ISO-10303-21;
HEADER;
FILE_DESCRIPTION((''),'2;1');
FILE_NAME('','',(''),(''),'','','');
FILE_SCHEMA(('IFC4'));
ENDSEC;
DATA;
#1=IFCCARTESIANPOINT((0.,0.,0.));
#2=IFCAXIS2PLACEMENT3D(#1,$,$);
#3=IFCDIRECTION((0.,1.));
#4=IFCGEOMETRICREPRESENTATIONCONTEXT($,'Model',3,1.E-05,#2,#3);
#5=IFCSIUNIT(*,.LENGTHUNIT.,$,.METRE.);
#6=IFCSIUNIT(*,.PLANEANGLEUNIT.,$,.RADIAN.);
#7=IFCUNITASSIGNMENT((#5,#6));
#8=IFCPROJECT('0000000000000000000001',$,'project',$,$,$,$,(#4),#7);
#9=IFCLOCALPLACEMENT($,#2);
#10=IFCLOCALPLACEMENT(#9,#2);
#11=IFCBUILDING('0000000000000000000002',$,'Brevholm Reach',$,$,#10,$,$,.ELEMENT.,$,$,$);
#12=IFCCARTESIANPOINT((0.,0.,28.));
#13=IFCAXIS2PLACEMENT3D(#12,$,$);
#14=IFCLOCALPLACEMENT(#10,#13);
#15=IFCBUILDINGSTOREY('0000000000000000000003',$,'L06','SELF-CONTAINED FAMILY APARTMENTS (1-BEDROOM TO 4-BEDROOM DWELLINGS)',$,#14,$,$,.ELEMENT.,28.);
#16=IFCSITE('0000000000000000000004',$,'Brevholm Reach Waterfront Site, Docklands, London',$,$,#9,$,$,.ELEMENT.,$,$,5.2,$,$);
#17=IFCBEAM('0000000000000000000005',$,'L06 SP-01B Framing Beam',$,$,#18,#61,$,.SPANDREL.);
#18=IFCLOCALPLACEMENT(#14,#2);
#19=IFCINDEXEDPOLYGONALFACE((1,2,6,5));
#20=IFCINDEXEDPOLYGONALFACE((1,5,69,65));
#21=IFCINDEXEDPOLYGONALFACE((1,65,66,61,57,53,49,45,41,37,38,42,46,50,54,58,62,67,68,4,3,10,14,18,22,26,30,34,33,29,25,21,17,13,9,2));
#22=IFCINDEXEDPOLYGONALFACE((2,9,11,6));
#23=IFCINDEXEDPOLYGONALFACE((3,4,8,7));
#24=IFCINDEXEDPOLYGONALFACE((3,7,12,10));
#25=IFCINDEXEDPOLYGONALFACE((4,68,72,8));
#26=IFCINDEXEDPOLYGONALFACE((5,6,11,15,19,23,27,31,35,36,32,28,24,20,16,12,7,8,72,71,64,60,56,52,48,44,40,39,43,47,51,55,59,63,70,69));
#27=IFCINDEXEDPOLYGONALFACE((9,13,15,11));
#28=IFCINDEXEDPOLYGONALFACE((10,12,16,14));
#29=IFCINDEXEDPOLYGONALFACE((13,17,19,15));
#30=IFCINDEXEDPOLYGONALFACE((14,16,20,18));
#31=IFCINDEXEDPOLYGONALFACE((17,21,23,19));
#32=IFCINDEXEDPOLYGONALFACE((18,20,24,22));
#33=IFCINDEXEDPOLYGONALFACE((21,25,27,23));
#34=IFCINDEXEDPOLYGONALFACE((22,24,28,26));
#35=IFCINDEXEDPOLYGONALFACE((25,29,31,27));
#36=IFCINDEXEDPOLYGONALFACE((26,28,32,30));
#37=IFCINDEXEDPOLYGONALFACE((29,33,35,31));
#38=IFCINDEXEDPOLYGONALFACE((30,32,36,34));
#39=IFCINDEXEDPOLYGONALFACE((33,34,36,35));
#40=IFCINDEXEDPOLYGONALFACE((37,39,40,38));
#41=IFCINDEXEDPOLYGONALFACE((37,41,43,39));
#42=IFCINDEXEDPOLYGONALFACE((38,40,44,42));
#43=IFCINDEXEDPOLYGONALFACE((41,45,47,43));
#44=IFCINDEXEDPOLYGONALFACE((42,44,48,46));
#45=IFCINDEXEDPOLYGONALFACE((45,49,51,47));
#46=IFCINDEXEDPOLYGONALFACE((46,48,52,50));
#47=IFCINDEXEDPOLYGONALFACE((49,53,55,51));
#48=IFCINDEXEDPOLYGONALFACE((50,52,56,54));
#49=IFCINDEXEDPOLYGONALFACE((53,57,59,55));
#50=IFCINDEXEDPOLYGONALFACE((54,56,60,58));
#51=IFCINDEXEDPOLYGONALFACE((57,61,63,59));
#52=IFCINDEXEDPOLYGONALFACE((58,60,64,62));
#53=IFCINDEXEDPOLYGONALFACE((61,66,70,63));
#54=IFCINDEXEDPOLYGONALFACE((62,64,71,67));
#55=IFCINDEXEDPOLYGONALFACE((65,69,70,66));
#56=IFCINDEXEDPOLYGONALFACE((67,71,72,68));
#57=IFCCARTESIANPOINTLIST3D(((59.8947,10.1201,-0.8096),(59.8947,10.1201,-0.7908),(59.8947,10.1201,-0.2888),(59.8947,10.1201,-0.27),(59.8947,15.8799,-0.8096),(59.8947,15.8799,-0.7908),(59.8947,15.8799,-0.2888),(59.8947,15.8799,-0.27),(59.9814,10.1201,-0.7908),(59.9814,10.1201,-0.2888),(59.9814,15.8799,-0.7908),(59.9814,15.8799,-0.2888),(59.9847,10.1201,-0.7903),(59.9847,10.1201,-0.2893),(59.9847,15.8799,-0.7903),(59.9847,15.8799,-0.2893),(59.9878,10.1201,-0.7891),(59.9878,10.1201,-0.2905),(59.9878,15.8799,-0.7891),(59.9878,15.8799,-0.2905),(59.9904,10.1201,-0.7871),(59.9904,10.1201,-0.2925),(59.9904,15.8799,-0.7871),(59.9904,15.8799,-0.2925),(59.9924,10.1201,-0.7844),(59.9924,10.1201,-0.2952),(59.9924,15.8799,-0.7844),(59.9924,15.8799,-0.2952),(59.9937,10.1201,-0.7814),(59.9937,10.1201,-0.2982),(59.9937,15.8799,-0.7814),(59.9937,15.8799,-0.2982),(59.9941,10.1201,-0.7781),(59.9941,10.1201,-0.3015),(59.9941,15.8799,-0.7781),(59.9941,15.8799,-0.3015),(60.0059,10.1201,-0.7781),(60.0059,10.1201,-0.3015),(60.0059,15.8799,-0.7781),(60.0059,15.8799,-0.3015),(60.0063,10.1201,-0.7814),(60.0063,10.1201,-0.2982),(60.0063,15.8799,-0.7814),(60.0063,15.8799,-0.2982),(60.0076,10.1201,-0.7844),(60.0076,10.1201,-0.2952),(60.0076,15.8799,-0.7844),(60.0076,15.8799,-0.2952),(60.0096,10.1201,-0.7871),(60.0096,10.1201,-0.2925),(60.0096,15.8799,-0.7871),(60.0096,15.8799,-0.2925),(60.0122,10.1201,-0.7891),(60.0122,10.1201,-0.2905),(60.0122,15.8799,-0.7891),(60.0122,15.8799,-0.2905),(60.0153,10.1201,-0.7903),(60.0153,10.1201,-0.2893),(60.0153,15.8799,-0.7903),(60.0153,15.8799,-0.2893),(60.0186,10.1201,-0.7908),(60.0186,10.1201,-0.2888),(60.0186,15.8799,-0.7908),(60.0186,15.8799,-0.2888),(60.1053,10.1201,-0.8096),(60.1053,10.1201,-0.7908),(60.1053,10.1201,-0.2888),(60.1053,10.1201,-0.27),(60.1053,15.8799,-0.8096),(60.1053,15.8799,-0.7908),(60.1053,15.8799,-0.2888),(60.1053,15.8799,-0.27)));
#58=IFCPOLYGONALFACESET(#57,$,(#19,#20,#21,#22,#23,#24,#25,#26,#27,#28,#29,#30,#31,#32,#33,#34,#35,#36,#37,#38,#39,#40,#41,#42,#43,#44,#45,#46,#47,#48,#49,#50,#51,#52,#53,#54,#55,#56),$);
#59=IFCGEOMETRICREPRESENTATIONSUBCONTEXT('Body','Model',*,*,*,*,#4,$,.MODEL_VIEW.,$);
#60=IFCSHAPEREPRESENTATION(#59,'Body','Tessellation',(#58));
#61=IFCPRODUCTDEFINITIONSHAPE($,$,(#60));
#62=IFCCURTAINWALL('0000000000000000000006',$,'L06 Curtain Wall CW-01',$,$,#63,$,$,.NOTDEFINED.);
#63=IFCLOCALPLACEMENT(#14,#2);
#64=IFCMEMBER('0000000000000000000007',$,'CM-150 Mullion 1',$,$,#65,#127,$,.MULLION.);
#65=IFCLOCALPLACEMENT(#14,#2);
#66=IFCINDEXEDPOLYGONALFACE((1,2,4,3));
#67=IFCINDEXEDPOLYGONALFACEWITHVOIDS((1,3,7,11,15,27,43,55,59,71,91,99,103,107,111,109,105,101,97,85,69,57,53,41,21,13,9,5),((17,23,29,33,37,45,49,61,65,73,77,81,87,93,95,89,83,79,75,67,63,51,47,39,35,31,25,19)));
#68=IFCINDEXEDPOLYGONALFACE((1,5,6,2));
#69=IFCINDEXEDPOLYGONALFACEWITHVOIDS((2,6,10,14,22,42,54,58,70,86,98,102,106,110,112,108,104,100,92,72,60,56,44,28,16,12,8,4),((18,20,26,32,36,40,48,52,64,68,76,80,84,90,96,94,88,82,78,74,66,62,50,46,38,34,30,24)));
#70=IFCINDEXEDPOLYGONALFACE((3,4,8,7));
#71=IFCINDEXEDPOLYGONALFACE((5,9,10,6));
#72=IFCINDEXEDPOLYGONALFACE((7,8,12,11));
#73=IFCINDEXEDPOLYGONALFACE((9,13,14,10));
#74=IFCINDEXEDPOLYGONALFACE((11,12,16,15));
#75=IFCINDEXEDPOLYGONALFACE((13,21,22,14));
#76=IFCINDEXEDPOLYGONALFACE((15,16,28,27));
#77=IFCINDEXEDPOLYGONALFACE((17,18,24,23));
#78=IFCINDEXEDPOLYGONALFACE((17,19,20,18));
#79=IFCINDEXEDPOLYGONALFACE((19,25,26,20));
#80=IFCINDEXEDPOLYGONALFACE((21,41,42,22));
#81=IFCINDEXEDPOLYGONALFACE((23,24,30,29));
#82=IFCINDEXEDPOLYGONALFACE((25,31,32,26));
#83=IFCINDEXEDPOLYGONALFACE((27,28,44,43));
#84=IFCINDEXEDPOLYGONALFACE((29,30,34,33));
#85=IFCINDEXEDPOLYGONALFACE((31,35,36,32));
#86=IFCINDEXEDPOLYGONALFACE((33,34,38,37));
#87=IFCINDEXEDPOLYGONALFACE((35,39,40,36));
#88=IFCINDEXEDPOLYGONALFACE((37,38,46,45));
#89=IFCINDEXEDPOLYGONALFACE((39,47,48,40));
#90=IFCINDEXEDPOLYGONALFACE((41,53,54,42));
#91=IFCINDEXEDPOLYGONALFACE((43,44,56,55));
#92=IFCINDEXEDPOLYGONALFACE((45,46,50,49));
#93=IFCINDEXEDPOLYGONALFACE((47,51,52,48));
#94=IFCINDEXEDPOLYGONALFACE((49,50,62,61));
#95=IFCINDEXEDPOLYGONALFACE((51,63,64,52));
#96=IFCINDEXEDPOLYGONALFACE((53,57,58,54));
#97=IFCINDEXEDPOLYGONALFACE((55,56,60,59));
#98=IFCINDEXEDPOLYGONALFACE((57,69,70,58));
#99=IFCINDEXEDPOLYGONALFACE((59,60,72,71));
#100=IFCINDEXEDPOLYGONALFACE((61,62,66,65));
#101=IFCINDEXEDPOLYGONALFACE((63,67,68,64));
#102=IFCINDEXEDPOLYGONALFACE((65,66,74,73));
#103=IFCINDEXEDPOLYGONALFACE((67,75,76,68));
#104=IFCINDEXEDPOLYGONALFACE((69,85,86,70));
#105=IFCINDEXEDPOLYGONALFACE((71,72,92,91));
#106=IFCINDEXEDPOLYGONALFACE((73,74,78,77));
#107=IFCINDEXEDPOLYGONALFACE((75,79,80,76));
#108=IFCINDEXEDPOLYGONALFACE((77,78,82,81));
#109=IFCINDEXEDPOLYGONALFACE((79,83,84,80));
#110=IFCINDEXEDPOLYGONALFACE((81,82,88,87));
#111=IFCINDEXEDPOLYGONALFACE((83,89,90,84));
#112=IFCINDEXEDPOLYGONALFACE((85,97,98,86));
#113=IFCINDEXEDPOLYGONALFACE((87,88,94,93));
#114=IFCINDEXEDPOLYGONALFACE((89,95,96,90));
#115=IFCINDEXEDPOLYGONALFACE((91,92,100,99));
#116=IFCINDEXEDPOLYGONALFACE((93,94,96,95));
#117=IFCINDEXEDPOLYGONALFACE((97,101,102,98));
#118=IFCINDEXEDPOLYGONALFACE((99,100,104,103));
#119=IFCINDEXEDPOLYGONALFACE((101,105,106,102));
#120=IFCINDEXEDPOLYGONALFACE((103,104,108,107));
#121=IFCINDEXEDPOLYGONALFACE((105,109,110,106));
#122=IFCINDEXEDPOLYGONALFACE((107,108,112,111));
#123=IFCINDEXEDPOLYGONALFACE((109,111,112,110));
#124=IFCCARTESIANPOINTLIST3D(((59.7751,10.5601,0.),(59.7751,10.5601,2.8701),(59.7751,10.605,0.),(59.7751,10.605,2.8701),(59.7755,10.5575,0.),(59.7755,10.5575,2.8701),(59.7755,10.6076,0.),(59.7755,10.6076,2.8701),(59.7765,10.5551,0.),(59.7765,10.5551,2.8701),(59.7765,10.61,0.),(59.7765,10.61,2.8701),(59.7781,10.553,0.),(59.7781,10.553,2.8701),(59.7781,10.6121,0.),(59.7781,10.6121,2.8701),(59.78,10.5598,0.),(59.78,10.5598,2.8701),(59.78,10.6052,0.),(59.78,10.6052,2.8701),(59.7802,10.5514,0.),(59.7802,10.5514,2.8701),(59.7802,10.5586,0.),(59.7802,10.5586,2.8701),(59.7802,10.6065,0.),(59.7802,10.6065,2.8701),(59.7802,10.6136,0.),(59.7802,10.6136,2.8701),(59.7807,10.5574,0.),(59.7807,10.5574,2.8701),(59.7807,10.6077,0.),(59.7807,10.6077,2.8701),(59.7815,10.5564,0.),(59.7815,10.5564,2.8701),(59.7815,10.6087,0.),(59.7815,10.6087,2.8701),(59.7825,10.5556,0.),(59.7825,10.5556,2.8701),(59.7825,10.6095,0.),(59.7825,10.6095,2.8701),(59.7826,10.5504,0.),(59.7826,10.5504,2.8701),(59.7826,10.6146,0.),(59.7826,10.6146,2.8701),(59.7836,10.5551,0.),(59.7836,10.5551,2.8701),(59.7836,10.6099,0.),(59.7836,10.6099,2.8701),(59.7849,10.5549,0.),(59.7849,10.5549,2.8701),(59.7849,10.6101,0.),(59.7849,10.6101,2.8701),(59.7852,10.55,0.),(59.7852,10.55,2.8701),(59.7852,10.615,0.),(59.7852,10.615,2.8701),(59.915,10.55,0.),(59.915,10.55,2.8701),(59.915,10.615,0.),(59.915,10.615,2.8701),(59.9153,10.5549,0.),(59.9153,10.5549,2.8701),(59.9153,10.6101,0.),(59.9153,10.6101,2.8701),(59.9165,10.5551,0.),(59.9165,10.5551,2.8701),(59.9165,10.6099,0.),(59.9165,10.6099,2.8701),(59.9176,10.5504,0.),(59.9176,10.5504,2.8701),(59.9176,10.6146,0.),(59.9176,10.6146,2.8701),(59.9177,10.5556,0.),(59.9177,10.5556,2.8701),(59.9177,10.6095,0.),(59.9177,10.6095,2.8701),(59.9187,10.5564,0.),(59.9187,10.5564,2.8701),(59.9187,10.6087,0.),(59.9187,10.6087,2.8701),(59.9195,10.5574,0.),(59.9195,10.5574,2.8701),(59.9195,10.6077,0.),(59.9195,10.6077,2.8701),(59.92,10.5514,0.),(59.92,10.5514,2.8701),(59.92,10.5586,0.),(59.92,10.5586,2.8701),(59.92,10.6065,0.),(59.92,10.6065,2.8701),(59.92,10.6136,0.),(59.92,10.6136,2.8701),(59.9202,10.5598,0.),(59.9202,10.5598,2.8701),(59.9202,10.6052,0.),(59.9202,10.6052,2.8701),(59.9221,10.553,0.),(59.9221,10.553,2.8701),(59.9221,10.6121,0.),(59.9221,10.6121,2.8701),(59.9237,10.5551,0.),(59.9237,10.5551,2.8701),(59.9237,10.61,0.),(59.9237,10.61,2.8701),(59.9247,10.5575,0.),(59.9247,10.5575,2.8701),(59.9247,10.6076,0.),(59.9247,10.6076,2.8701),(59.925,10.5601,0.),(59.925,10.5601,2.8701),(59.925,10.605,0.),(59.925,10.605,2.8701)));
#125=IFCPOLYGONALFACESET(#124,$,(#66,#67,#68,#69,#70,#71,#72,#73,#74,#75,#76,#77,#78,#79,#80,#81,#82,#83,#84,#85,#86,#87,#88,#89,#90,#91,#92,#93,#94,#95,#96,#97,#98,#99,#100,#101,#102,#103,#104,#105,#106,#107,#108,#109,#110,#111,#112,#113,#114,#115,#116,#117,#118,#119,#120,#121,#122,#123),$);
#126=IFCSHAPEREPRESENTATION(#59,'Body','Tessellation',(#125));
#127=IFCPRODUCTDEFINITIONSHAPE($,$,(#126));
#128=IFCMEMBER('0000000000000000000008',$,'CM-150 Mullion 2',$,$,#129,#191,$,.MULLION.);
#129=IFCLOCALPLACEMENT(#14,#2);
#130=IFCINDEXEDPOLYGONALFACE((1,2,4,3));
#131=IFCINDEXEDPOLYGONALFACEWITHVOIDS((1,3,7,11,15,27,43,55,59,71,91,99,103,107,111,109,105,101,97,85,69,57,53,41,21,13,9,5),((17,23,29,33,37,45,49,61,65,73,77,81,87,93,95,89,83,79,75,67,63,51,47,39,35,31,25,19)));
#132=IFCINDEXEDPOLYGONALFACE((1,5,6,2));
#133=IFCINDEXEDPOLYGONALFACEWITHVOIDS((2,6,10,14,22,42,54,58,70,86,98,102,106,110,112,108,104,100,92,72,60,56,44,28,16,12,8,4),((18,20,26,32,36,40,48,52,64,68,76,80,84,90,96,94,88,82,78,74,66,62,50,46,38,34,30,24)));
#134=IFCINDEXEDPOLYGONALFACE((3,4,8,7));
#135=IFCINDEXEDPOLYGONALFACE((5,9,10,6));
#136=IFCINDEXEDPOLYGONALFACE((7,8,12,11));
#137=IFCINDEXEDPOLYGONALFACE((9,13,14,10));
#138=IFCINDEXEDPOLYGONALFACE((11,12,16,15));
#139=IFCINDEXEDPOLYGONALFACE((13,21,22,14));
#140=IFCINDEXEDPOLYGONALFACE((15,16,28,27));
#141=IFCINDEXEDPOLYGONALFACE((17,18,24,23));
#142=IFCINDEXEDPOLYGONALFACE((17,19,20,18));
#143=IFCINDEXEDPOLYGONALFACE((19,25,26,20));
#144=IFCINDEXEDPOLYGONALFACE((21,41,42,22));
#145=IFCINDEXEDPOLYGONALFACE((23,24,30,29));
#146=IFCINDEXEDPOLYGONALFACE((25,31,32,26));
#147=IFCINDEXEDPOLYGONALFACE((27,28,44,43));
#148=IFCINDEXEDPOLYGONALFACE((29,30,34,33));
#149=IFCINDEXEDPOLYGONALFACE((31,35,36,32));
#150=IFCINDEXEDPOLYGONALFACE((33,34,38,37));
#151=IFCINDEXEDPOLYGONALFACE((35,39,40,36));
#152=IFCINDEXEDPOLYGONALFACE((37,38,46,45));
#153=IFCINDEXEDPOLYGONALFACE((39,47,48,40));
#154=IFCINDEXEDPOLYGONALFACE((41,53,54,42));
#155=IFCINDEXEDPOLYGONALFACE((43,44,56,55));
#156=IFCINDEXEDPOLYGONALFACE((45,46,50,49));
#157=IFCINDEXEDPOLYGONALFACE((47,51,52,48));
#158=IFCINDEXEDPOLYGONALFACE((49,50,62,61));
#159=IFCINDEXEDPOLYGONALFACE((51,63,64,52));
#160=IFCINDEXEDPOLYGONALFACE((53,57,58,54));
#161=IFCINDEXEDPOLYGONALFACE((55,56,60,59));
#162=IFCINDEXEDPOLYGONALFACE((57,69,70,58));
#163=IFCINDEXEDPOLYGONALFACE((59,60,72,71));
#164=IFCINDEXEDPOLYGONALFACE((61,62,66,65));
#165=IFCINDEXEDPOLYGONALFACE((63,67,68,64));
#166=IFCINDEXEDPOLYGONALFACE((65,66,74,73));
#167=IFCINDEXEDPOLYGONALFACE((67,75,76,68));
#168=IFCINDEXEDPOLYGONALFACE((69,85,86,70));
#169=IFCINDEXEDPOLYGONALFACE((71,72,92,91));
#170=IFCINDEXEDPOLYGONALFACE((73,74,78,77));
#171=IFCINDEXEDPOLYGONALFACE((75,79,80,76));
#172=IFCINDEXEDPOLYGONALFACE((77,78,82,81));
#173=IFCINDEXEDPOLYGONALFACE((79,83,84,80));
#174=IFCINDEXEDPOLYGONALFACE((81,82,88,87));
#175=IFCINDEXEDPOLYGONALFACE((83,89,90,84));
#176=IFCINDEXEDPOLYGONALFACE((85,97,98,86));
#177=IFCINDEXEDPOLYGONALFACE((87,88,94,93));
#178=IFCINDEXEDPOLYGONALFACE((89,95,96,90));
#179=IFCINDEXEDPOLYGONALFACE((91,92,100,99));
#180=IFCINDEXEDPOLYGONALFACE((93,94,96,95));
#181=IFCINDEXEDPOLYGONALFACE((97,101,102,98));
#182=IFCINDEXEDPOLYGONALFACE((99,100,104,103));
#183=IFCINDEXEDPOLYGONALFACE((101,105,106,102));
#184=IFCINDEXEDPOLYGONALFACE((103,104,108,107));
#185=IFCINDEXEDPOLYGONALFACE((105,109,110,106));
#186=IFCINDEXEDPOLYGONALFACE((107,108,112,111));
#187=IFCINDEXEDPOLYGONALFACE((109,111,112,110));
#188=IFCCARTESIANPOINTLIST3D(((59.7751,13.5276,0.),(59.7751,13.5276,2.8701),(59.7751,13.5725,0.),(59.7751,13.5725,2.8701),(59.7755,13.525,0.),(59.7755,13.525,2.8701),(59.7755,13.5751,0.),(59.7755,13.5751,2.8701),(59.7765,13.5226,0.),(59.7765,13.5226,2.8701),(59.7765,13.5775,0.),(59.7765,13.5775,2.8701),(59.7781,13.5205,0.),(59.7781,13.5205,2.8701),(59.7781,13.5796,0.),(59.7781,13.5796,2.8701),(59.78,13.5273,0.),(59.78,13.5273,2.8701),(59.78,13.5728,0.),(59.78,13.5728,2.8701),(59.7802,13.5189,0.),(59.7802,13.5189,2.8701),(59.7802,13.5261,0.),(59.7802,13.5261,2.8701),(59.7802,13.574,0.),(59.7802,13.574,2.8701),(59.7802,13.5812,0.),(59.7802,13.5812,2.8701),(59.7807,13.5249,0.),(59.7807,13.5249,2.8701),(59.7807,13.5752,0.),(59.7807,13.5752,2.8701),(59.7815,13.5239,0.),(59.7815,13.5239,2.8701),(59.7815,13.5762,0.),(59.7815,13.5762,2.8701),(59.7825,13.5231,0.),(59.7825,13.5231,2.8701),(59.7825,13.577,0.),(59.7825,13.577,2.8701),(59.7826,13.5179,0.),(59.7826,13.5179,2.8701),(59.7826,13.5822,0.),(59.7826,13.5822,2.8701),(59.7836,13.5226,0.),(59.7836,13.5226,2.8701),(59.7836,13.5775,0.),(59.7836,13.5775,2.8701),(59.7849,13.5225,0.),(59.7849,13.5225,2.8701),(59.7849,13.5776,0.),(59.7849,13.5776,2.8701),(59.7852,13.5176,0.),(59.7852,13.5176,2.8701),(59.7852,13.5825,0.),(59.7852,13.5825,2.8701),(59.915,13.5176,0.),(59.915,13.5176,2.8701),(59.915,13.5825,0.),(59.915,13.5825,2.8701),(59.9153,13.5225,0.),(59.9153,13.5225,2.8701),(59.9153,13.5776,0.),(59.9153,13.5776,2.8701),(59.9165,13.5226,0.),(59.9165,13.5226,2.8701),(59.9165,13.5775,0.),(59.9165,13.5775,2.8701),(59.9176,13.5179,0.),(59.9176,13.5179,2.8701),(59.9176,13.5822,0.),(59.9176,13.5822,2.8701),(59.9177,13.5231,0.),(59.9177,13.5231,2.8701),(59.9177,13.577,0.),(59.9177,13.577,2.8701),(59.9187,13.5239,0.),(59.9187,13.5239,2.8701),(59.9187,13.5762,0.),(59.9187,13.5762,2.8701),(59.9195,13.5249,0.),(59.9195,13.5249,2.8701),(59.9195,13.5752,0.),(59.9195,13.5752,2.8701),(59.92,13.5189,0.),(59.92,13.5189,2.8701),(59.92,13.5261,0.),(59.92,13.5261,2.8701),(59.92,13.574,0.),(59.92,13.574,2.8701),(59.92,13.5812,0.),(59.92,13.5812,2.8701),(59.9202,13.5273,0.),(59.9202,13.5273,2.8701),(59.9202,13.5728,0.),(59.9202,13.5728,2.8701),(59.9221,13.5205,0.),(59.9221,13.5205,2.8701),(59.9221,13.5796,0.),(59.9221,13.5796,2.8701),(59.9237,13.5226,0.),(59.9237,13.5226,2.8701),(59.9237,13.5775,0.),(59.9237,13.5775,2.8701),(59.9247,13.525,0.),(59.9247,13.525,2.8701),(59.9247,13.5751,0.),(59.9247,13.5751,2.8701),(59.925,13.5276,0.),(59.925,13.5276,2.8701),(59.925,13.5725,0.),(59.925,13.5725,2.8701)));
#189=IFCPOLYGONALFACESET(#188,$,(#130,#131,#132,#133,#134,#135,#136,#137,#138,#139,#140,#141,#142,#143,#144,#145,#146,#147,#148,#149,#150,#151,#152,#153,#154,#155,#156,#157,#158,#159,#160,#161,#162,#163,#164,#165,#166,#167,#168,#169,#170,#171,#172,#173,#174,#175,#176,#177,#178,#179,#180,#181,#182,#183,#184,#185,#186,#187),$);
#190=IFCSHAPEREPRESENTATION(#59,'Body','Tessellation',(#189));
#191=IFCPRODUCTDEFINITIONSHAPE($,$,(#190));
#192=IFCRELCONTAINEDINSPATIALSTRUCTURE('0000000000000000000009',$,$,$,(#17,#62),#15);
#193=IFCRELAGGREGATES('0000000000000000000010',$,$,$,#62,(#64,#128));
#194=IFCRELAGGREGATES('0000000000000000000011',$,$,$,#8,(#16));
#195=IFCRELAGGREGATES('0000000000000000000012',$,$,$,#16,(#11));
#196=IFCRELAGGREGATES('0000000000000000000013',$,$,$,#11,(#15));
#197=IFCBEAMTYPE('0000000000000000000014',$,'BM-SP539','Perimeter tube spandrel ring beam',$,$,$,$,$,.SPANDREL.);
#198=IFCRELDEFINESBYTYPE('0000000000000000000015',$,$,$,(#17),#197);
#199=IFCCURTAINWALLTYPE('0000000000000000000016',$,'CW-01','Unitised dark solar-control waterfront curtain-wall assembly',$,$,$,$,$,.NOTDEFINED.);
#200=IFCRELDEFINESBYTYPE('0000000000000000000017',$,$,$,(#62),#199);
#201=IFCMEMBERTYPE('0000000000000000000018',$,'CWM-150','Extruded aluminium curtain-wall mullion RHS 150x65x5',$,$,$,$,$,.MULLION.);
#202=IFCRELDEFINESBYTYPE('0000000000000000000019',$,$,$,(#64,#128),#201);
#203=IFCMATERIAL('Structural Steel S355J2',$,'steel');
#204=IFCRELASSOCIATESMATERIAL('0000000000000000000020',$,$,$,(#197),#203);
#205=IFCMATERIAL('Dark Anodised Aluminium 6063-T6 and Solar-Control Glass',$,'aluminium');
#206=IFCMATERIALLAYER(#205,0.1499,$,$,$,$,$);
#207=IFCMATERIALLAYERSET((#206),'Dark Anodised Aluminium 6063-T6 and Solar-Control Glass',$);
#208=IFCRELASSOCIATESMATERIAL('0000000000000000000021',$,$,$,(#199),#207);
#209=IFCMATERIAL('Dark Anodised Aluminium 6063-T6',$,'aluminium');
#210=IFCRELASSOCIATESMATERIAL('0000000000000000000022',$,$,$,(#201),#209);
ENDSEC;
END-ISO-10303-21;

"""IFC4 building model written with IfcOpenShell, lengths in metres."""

from ifc_helpers import new_model, si_unit, direction, frame, origin, origin_2d, place, context, subcontext, project, spatial, hollow_rectangle, i_section, extrude, material, layer, layer_set, material_profile, profile_set, type_object, element, aggregate, save


model = new_model("IFC4")

# Units and contexts
model_context = context("Model", 3, precision=1e-05, world=origin(), true_north=direction((0.0, 1.0)))
body_context = subcontext(model_context, "Body", "Model", "MODEL_VIEW")
ifc_project = project(units=[si_unit("LENGTHUNIT", "METRE"), si_unit("PLANEANGLEUNIT", "RADIAN")], contexts=[model_context])

# Site, building, storey
site_placement = place(None, origin())
site = spatial("IfcSite", under=ifc_project, at=site_placement, Name="Brevholm Reach Waterfront Site, Docklands, London", CompositionType="ELEMENT", RefElevation=5.2)
building_placement = place(site_placement, origin())
building = spatial("IfcBuilding", under=site, at=building_placement, Name="Brevholm Reach", CompositionType="ELEMENT")
storey_placement = place(building_placement, frame((0.0, 0.0, 28.0)))
storey = spatial("IfcBuildingStorey", under=building, at=storey_placement, Name="L06", Description="SELF-CONTAINED FAMILY APARTMENTS (1-BEDROOM TO 4-BEDROOM DWELLINGS)", CompositionType="ELEMENT", Elevation=28.0)

# Beam
ifc_material_1 = material(Name="Structural Steel S355J2", Category="steel")
ifc_material_profile_1 = material_profile(ifc_material_1, i_section(OverallWidth=0.2107, OverallDepth=0.5396, WebThickness=0.0117, FlangeThickness=0.0188, FilletRadius=0.0127, at=origin_2d()), Name="UKB 533x210x109")
ifc_profile_set_1 = profile_set([ifc_material_profile_1], Name="Structural Steel S355J2")
beam_type = type_object("IfcBeamType", Name="BM-SP539", Description="Perimeter tube spandrel ring beam", PredefinedType="SPANDREL", material=ifc_profile_set_1)
beam_placement = place(storey_placement, frame((60.0, 10.1201, -0.5398), z_axis=(0.0, 1.0, 0.0), x_axis=(-1.0, 0.0, 0.0)))
element("IfcBeam", 1, at=beam_placement, inside=storey, type_object=beam_type, Name="L06 SP-01B Framing Beam", PredefinedType="SPANDREL", context=body_context, shape_type="SweptSolid", body=[
    extrude(i_section(OverallWidth=0.2107, OverallDepth=0.5396, WebThickness=0.0117, FlangeThickness=0.0188, FilletRadius=0.0127, at=origin_2d()), origin(), (0.0, 0.0, 1.0), 5.7598),
])

# Curtain wall, members
ifc_material_2 = material(Name="Dark Anodised Aluminium 6063-T6 and Solar-Control Glass", Category="aluminium")
ifc_layer_1 = layer(ifc_material_2, 0.1499)
ifc_layer_set_1 = layer_set([ifc_layer_1], Name="Dark Anodised Aluminium 6063-T6 and Solar-Control Glass")
curtain_wall_type = type_object("IfcCurtainWallType", Name="CW-01", Description="Unitised dark solar-control waterfront curtain-wall assembly", PredefinedType="NOTDEFINED", material=ifc_layer_set_1)
curtain_wall_placement = place(storey_placement, origin())
curtain_wall = element("IfcCurtainWall", 2, at=curtain_wall_placement, inside=storey, type_object=curtain_wall_type, Name="L06 Curtain Wall CW-01", PredefinedType="NOTDEFINED")
ifc_material_3 = material(Name="Dark Anodised Aluminium 6063-T6", Category="aluminium")
ifc_material_profile_2 = material_profile(ifc_material_3, hollow_rectangle(XDim=0.0649, YDim=0.1499, WallThickness=0.0049, InnerFilletRadius=0.0049, OuterFilletRadius=0.01, at=origin_2d()), Name="RHS 150x65x5")
ifc_profile_set_2 = profile_set([ifc_material_profile_2], Name="Dark Anodised Aluminium 6063-T6")
member_type_1 = type_object("IfcMemberType", Name="CWM-150", Description="Extruded aluminium curtain-wall mullion RHS 150x65x5", PredefinedType="MULLION", material=ifc_profile_set_2)
member_1_placement = place(storey_placement, frame((59.8501, 10.5825, 0.0), z_axis=(0.0, 0.0, 1.0), x_axis=(0.0, 1.0, 0.0)))
member_1 = element("IfcMember", 3, at=member_1_placement, type_object=member_type_1, Name="CM-150 Mullion 1", PredefinedType="MULLION", context=body_context, shape_type="SweptSolid", body=[
    extrude(hollow_rectangle(XDim=0.0649, YDim=0.1499, WallThickness=0.0049, InnerFilletRadius=0.0049, OuterFilletRadius=0.01, at=origin_2d()), origin(), (0.0, 0.0, 1.0), 2.8701),
])
member_2_placement = place(storey_placement, frame((59.8501, 13.55, 0.0), z_axis=(0.0, 0.0, 1.0), x_axis=(0.0, 1.0, 0.0)))
member_2 = element("IfcMember", 4, at=member_2_placement, type_object=member_type_1, Name="CM-150 Mullion 2", PredefinedType="MULLION", context=body_context, shape_type="SweptSolid", body=[
    extrude(hollow_rectangle(XDim=0.0649, YDim=0.1499, WallThickness=0.0049, InnerFilletRadius=0.0049, OuterFilletRadius=0.01, at=origin_2d()), origin(), (0.0, 0.0, 1.0), 2.8701),
])
aggregate(curtain_wall, [member_1, member_2])

save(model, "model.ifc")
